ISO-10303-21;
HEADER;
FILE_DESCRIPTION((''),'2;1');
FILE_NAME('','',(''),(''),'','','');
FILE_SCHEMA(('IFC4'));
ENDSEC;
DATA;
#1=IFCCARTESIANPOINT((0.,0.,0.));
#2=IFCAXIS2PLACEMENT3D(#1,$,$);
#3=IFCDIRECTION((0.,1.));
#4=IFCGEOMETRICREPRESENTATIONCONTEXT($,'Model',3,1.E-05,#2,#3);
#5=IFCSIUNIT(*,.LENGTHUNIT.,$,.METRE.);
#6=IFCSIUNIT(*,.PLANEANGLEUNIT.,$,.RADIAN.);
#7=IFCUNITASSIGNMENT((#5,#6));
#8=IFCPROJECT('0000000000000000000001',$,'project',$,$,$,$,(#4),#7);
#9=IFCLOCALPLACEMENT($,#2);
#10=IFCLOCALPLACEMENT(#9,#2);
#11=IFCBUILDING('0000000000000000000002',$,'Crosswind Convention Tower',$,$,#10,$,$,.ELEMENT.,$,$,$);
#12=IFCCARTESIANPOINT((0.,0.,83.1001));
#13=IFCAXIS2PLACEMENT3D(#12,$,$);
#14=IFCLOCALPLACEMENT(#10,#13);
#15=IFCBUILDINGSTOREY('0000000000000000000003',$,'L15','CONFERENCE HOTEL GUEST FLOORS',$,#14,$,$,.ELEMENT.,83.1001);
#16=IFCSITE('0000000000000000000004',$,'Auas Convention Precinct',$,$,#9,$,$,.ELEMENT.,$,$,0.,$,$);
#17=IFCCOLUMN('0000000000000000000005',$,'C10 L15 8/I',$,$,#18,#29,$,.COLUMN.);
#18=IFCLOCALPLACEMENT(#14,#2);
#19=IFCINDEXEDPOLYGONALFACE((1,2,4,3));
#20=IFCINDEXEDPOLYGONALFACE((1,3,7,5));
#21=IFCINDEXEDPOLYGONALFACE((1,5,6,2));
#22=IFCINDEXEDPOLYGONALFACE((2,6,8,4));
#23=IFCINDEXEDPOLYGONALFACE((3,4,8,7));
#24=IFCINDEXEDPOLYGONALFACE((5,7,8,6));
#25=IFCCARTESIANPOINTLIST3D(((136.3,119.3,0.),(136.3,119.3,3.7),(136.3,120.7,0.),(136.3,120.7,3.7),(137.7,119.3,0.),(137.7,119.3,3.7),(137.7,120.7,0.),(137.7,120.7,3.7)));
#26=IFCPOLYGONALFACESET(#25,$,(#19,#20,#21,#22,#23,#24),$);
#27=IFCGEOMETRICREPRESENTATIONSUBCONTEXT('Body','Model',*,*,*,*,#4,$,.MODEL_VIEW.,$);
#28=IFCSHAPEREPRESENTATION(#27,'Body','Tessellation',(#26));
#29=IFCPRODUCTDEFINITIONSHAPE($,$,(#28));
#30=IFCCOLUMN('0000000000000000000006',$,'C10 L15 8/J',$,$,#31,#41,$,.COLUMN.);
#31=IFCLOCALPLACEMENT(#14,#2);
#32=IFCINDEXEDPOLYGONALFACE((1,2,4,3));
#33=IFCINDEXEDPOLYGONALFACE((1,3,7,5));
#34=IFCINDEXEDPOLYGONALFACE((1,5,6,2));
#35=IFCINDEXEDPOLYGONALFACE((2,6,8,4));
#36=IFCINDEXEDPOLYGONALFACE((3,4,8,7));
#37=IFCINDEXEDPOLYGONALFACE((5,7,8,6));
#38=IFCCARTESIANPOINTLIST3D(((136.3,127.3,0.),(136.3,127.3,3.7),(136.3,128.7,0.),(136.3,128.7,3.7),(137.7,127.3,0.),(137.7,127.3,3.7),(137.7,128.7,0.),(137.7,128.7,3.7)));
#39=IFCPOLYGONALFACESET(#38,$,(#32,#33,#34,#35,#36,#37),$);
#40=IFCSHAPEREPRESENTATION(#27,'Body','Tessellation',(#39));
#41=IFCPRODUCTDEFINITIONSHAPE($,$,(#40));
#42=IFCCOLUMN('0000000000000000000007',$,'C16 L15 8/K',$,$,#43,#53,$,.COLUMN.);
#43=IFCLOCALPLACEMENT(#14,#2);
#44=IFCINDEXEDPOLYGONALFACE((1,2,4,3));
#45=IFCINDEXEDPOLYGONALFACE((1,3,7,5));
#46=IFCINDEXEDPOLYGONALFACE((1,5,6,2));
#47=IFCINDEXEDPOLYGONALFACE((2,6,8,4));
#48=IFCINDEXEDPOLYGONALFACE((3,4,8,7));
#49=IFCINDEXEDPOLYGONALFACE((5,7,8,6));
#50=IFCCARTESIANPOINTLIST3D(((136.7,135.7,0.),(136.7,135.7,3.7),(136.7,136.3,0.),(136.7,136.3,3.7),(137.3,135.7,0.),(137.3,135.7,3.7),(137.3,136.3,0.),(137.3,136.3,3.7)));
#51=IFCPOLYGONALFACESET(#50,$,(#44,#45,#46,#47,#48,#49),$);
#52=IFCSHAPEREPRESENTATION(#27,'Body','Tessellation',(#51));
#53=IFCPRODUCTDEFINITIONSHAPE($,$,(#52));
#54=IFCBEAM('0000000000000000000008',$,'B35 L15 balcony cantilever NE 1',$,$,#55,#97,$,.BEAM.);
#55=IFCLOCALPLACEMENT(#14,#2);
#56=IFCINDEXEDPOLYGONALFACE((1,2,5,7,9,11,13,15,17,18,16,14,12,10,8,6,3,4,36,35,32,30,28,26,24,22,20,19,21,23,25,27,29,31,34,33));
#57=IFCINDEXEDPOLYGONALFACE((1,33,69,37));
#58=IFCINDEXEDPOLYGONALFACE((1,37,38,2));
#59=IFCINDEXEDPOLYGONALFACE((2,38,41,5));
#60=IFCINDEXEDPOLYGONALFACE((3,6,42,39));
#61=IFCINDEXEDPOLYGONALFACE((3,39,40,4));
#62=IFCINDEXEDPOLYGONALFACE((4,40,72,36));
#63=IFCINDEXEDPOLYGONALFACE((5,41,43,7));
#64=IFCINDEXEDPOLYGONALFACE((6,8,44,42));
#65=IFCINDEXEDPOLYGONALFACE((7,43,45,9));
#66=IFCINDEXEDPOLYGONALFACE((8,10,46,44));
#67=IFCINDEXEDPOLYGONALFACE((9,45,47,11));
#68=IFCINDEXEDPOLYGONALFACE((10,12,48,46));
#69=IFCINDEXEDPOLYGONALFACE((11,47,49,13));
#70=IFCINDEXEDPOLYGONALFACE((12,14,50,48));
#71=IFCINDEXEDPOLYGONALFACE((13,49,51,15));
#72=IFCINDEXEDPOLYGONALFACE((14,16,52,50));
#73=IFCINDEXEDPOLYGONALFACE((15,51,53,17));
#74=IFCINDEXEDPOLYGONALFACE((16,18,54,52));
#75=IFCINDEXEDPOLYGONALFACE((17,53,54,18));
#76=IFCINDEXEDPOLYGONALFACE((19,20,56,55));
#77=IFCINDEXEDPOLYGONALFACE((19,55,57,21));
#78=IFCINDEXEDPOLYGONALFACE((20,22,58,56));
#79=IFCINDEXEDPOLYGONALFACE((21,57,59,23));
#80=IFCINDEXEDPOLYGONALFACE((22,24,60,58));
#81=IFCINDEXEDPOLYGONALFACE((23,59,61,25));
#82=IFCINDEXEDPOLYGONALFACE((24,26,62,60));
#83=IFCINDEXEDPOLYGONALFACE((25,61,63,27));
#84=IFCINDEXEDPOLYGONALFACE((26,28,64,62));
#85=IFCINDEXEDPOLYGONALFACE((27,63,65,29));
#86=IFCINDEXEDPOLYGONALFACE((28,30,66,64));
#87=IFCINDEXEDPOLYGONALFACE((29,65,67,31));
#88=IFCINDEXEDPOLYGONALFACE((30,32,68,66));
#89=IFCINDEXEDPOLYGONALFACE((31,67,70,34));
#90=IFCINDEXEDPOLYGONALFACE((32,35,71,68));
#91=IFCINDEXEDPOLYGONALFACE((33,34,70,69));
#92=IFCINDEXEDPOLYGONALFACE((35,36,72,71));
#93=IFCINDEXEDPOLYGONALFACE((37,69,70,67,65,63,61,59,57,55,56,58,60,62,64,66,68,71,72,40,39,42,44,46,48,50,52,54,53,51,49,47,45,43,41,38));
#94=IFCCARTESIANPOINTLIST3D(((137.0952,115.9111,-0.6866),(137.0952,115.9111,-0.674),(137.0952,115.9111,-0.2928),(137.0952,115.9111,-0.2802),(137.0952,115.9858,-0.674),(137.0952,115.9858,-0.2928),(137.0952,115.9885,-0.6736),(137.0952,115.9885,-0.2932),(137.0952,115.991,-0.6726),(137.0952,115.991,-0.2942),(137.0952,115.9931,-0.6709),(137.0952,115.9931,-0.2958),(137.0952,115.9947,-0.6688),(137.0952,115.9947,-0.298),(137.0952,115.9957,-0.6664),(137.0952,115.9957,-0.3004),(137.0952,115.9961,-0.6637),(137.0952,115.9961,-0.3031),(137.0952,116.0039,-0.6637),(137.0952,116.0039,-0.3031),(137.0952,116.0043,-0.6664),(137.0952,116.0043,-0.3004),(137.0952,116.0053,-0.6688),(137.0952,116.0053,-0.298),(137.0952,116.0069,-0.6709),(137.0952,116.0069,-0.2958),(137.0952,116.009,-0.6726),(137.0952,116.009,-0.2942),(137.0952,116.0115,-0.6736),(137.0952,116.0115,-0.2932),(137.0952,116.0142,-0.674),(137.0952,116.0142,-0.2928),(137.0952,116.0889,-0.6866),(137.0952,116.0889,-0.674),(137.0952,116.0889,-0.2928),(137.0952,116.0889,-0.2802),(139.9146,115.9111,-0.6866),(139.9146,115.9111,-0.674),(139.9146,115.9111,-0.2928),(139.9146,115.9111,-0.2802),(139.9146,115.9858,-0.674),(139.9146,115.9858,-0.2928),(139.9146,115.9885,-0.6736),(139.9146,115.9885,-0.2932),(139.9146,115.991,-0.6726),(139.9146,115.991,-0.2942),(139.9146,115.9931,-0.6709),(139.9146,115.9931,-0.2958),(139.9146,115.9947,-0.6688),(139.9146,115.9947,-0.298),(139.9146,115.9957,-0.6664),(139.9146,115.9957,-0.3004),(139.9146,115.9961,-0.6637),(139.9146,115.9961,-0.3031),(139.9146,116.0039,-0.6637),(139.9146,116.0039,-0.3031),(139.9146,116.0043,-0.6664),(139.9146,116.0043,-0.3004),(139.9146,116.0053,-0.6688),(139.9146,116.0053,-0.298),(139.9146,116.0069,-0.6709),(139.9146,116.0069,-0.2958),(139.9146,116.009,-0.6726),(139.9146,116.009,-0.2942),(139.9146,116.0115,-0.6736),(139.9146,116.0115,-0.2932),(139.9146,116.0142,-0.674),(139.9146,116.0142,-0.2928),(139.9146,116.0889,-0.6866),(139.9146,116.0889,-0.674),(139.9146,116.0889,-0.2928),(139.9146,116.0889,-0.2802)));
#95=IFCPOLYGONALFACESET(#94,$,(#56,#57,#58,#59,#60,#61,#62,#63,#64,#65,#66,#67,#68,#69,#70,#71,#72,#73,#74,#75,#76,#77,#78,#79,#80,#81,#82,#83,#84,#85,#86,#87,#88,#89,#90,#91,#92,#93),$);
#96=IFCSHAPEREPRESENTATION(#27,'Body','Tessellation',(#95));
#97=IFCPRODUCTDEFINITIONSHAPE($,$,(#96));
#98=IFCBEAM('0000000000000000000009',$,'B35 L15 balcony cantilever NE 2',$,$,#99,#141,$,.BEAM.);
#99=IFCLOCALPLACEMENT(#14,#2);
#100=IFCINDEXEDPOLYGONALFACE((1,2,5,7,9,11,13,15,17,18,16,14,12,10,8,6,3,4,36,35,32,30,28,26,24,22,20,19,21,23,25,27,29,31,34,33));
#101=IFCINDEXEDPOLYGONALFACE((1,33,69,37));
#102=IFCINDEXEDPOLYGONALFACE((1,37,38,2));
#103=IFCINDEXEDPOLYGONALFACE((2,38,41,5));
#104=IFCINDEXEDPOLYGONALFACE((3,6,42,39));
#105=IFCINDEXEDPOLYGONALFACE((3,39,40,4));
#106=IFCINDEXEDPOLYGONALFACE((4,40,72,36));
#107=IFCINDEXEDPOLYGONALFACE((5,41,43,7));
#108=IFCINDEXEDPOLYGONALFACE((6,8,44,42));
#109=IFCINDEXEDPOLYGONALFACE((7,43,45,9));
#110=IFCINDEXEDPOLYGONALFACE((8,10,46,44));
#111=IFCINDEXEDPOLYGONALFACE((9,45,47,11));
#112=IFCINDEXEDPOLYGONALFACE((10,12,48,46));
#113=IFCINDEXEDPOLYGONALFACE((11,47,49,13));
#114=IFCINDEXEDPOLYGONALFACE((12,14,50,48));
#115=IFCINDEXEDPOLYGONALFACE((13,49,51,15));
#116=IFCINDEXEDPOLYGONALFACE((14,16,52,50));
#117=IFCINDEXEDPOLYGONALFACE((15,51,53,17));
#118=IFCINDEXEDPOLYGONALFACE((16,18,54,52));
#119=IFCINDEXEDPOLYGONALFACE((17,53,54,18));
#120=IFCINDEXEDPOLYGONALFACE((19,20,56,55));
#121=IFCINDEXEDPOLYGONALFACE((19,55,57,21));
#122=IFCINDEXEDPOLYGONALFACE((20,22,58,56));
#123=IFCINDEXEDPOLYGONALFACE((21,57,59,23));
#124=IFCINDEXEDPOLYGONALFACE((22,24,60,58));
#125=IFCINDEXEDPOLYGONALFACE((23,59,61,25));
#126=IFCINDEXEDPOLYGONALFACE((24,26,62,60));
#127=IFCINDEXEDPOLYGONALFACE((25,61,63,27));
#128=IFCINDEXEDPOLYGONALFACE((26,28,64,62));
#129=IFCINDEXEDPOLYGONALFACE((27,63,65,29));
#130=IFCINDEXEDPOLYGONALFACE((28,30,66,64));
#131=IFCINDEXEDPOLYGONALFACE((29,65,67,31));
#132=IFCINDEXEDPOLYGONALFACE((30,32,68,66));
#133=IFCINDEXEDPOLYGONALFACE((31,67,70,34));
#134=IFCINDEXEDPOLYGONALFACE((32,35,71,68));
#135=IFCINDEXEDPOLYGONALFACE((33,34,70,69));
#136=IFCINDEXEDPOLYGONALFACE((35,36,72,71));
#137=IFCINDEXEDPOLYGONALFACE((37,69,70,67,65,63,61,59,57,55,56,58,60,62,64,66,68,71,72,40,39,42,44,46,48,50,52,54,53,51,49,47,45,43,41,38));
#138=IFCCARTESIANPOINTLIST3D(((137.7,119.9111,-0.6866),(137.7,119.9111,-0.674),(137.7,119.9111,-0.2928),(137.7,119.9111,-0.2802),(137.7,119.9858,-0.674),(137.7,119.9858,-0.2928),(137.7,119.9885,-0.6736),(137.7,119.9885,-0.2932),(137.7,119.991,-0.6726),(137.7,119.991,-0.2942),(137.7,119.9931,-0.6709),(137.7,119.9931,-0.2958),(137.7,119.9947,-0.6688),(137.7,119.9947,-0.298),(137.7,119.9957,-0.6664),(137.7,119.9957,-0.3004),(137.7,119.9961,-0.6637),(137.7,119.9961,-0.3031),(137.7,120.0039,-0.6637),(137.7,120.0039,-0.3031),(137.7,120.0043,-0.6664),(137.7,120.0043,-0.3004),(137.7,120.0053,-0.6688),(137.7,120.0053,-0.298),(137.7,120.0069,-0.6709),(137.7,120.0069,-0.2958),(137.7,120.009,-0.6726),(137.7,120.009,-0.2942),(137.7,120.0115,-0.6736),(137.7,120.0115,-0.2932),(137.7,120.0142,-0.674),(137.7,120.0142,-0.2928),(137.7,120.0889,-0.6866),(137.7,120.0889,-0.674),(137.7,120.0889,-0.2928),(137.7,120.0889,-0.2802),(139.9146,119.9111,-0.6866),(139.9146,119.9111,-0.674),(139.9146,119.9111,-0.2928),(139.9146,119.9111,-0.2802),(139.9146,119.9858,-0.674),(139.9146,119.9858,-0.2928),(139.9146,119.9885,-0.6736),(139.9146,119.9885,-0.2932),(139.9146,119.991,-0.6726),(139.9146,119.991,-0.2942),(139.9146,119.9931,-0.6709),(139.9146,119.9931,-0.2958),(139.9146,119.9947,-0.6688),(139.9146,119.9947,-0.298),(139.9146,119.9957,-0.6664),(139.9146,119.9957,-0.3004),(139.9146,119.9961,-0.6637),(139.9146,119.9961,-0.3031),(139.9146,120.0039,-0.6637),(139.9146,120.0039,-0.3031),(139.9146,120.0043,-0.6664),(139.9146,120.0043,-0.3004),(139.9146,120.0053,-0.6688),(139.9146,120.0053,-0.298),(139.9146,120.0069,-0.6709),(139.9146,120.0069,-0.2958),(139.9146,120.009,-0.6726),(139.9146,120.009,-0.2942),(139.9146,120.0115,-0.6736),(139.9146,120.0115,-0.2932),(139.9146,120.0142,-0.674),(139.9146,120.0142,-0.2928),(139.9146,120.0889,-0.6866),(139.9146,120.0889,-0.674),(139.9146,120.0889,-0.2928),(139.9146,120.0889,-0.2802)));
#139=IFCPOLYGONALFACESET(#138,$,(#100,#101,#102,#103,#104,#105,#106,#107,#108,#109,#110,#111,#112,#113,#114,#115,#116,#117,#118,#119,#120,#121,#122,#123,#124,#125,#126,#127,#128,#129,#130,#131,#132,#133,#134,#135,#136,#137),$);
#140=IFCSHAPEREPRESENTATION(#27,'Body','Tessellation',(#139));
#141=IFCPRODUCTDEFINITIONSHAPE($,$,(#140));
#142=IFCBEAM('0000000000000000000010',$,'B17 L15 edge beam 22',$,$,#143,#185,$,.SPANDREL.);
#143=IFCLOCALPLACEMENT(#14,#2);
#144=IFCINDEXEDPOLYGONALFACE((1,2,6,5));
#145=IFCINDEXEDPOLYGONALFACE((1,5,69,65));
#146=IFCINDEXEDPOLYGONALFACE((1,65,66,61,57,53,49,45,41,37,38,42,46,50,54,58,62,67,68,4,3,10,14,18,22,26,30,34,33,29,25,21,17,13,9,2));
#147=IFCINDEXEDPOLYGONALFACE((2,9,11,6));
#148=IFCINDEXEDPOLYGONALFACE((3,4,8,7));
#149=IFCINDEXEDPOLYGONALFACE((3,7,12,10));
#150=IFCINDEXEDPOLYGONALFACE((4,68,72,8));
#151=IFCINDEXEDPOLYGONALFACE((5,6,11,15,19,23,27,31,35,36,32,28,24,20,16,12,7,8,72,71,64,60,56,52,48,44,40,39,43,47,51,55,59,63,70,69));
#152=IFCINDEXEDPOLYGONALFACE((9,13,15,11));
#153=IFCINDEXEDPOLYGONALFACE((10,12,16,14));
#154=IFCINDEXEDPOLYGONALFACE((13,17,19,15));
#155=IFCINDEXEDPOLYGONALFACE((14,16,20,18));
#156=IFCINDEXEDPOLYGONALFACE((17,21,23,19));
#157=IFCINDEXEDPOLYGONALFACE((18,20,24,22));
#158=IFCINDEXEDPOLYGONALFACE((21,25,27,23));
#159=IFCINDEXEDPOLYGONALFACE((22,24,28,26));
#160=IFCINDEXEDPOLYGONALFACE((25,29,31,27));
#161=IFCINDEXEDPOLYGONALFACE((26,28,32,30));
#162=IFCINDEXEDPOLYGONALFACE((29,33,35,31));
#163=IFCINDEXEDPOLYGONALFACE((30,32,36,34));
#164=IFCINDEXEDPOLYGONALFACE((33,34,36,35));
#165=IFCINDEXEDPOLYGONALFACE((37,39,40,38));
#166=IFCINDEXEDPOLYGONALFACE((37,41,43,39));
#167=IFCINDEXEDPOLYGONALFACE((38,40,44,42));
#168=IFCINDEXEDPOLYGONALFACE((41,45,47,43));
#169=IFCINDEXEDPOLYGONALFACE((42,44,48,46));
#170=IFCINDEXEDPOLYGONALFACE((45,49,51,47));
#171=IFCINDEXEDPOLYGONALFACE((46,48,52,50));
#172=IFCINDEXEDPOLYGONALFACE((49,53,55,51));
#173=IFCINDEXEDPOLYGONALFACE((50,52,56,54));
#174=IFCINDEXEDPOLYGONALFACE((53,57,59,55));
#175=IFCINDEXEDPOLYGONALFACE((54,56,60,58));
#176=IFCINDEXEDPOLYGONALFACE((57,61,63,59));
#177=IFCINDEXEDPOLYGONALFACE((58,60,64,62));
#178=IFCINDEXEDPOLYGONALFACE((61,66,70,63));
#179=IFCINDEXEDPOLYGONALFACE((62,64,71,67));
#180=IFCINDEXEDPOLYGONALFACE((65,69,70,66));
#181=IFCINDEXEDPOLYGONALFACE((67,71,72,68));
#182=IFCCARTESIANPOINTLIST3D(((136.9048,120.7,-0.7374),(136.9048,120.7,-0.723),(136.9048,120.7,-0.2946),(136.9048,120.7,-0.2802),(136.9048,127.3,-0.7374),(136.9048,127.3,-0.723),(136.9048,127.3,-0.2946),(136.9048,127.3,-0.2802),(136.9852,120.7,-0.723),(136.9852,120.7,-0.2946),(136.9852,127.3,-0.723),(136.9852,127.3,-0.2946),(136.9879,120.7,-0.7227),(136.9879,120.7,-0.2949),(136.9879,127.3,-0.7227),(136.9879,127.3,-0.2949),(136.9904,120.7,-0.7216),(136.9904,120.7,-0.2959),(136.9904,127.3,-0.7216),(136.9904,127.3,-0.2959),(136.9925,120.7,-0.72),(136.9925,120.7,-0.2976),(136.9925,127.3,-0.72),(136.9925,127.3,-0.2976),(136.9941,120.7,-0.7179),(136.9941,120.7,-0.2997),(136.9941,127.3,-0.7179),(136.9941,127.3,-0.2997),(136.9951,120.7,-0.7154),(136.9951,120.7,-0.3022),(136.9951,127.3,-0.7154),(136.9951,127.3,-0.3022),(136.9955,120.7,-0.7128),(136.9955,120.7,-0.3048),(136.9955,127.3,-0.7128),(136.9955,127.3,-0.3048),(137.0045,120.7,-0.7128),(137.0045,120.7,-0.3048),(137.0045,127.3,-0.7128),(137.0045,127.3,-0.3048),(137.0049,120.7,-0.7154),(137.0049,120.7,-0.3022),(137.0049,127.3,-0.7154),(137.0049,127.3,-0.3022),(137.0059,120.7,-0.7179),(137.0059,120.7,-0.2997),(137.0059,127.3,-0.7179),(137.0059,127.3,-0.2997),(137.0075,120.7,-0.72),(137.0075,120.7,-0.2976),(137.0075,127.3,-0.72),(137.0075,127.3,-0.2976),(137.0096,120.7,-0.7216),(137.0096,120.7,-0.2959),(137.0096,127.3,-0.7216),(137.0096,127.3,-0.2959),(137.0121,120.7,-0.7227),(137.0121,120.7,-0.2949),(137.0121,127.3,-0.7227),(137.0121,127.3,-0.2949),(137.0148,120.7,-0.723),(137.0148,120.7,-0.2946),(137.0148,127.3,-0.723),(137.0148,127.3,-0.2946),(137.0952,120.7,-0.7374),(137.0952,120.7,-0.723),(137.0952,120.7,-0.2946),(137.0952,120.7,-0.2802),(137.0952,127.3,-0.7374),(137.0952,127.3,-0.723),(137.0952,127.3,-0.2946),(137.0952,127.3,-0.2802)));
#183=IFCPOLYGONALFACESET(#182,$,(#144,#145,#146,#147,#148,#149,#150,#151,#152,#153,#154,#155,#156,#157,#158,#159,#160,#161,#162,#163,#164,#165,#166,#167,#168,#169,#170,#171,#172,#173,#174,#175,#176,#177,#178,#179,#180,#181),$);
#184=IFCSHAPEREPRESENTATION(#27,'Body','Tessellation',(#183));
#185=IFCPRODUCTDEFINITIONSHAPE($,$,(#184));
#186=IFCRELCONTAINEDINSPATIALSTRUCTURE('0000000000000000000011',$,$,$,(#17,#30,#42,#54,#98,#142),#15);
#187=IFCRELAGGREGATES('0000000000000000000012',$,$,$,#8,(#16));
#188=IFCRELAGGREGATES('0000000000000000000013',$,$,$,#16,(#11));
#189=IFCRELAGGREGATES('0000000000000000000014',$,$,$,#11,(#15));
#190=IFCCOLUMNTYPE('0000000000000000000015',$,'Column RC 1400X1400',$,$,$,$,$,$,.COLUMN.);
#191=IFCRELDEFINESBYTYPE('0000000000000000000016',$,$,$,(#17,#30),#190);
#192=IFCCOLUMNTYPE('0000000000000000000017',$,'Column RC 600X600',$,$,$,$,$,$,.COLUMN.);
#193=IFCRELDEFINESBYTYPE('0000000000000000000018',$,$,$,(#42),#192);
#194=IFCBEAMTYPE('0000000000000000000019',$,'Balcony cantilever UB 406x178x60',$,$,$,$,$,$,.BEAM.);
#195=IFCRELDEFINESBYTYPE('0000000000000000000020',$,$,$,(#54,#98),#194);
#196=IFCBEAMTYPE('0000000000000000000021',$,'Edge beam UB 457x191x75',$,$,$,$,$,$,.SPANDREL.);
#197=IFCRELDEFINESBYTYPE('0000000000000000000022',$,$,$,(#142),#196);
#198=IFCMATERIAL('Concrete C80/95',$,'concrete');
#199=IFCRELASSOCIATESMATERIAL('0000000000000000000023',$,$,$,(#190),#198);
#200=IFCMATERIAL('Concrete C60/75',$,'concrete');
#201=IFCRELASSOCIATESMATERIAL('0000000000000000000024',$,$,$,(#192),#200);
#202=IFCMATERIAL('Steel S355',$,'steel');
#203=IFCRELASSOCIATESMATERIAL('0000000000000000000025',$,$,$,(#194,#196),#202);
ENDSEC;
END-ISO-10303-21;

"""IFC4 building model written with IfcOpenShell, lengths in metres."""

from ifc_helpers import new_model, si_unit, direction, frame, origin, origin_2d, place, context, subcontext, project, spatial, rectangle, i_section, extrude, material, material_profile, profile_set, type_object, element, save


model = new_model("IFC4")

# Units and contexts
model_context = context("Model", 3, precision=1e-05, world=origin(), true_north=direction((0.0, 1.0)))
body_context = subcontext(model_context, "Body", "Model", "MODEL_VIEW")
ifc_project = project(units=[si_unit("LENGTHUNIT", "METRE"), si_unit("PLANEANGLEUNIT", "RADIAN")], contexts=[model_context])

# Site, building, storey
site_placement = place(None, origin())
site = spatial("IfcSite", under=ifc_project, at=site_placement, Name="Auas Convention Precinct", CompositionType="ELEMENT", RefElevation=0.0)
building_placement = place(site_placement, origin())
building = spatial("IfcBuilding", under=site, at=building_placement, Name="Crosswind Convention Tower", CompositionType="ELEMENT")
storey_placement = place(building_placement, frame((0.0, 0.0, 83.1001)))
storey = spatial("IfcBuildingStorey", under=building, at=storey_placement, Name="L15", Description="CONFERENCE HOTEL GUEST FLOORS", CompositionType="ELEMENT", Elevation=83.1001)

# Columns
ifc_material_1 = material(Name="Concrete C80/95", Category="concrete")
ifc_material_profile_1 = material_profile(ifc_material_1, rectangle(XDim=1.3999, YDim=1.3999, at=origin_2d()), Name="RC 1400X1400")
ifc_profile_set_1 = profile_set([ifc_material_profile_1], Name="Concrete C80/95")
column_type_1 = type_object("IfcColumnType", Name="Column RC 1400X1400", PredefinedType="COLUMN", material=ifc_profile_set_1)
for number, where, z_axis, x_axis, name in (
    (1, (137.0, 120.0, 0.0), (0.0, 0.0, 1.0), (1.0, 0.0, 0.0), "C10 L15 8/I"),
    (2, (137.0, 128.0, 0.0), (0.0, 0.0, 1.0), (1.0, 0.0, 0.0), "C10 L15 8/J"),
):
    element("IfcColumn", number, at=place(storey_placement, frame(where, z_axis=z_axis, x_axis=x_axis)), inside=storey, type_object=column_type_1, Name=name, PredefinedType="COLUMN", context=body_context, shape_type="SweptSolid", body=[
        extrude(rectangle(XDim=1.3999, YDim=1.3999, at=origin_2d()), origin(), (0.0, 0.0, 1.0), 3.7),
    ])
ifc_material_2 = material(Name="Concrete C60/75", Category="concrete")
ifc_material_profile_2 = material_profile(ifc_material_2, rectangle(XDim=0.6001, YDim=0.6001, at=origin_2d()), Name="RC 600X600")
ifc_profile_set_2 = profile_set([ifc_material_profile_2], Name="Concrete C60/75")
column_type_2 = type_object("IfcColumnType", Name="Column RC 600X600", PredefinedType="COLUMN", material=ifc_profile_set_2)
column_placement = place(storey_placement, frame((137.0, 136.0, 0.0), z_axis=(0.0, 0.0, 1.0), x_axis=(1.0, 0.0, 0.0)))
element("IfcColumn", 3, at=column_placement, inside=storey, type_object=column_type_2, Name="C16 L15 8/K", PredefinedType="COLUMN", context=body_context, shape_type="SweptSolid", body=[
    extrude(rectangle(XDim=0.6001, YDim=0.6001, at=origin_2d()), origin(), (0.0, 0.0, 1.0), 3.7),
])

# Beams
ifc_material_3 = material(Name="Steel S355", Category="steel")
ifc_material_profile_3 = material_profile(ifc_material_3, i_section(OverallWidth=0.1777, OverallDepth=0.4065, WebThickness=0.0078, FlangeThickness=0.0127, FilletRadius=0.0103, at=origin_2d()), Name="UB 406x178x60")
ifc_profile_set_3 = profile_set([ifc_material_profile_3], Name="Steel S355")
beam_type_1 = type_object("IfcBeamType", Name="Balcony cantilever UB 406x178x60", PredefinedType="BEAM", material=ifc_profile_set_3)
beam_1_placement = place(storey_placement, frame((137.0952, 116.0, -0.4834), z_axis=(1.0, 0.0, 0.0), x_axis=(0.0, 1.0, 0.0)))
element("IfcBeam", 4, at=beam_1_placement, inside=storey, type_object=beam_type_1, Name="B35 L15 balcony cantilever NE 1", PredefinedType="BEAM", context=body_context, shape_type="SweptSolid", body=[
    extrude(i_section(OverallWidth=0.1777, OverallDepth=0.4065, WebThickness=0.0078, FlangeThickness=0.0127, FilletRadius=0.0103, at=origin_2d()), origin(), (0.0, 0.0, 1.0), 2.8193),
])
beam_2_placement = place(storey_placement, frame((137.7, 120.0, -0.4834), z_axis=(1.0, 0.0, 0.0), x_axis=(0.0, 1.0, 0.0)))
element("IfcBeam", 5, at=beam_2_placement, inside=storey, type_object=beam_type_1, Name="B35 L15 balcony cantilever NE 2", PredefinedType="BEAM", context=body_context, shape_type="SweptSolid", body=[
    extrude(i_section(OverallWidth=0.1777, OverallDepth=0.4065, WebThickness=0.0078, FlangeThickness=0.0127, FilletRadius=0.0103, at=origin_2d()), origin(), (0.0, 0.0, 1.0), 2.2146),
])
ifc_material_profile_4 = material_profile(ifc_material_3, i_section(OverallWidth=0.1904, OverallDepth=0.4573, WebThickness=0.009, FlangeThickness=0.0144, FilletRadius=0.0103, at=origin_2d()), Name="UB 457x191x75")
ifc_profile_set_4 = profile_set([ifc_material_profile_4], Name="Steel S355")
beam_type_2 = type_object("IfcBeamType", Name="Edge beam UB 457x191x75", PredefinedType="SPANDREL", material=ifc_profile_set_4)
beam_3_placement = place(storey_placement, frame((137.0, 120.7, -0.5088), z_axis=(0.0, 1.0, 0.0), x_axis=(-1.0, 0.0, 0.0)))
element("IfcBeam", 6, at=beam_3_placement, inside=storey, type_object=beam_type_2, Name="B17 L15 edge beam 22", PredefinedType="SPANDREL", context=body_context, shape_type="SweptSolid", body=[
    extrude(i_section(OverallWidth=0.1904, OverallDepth=0.4573, WebThickness=0.009, FlangeThickness=0.0144, FilletRadius=0.0103, at=origin_2d()), origin(), (0.0, 0.0, 1.0), 6.6001),
])

save(model, "model.ifc")
